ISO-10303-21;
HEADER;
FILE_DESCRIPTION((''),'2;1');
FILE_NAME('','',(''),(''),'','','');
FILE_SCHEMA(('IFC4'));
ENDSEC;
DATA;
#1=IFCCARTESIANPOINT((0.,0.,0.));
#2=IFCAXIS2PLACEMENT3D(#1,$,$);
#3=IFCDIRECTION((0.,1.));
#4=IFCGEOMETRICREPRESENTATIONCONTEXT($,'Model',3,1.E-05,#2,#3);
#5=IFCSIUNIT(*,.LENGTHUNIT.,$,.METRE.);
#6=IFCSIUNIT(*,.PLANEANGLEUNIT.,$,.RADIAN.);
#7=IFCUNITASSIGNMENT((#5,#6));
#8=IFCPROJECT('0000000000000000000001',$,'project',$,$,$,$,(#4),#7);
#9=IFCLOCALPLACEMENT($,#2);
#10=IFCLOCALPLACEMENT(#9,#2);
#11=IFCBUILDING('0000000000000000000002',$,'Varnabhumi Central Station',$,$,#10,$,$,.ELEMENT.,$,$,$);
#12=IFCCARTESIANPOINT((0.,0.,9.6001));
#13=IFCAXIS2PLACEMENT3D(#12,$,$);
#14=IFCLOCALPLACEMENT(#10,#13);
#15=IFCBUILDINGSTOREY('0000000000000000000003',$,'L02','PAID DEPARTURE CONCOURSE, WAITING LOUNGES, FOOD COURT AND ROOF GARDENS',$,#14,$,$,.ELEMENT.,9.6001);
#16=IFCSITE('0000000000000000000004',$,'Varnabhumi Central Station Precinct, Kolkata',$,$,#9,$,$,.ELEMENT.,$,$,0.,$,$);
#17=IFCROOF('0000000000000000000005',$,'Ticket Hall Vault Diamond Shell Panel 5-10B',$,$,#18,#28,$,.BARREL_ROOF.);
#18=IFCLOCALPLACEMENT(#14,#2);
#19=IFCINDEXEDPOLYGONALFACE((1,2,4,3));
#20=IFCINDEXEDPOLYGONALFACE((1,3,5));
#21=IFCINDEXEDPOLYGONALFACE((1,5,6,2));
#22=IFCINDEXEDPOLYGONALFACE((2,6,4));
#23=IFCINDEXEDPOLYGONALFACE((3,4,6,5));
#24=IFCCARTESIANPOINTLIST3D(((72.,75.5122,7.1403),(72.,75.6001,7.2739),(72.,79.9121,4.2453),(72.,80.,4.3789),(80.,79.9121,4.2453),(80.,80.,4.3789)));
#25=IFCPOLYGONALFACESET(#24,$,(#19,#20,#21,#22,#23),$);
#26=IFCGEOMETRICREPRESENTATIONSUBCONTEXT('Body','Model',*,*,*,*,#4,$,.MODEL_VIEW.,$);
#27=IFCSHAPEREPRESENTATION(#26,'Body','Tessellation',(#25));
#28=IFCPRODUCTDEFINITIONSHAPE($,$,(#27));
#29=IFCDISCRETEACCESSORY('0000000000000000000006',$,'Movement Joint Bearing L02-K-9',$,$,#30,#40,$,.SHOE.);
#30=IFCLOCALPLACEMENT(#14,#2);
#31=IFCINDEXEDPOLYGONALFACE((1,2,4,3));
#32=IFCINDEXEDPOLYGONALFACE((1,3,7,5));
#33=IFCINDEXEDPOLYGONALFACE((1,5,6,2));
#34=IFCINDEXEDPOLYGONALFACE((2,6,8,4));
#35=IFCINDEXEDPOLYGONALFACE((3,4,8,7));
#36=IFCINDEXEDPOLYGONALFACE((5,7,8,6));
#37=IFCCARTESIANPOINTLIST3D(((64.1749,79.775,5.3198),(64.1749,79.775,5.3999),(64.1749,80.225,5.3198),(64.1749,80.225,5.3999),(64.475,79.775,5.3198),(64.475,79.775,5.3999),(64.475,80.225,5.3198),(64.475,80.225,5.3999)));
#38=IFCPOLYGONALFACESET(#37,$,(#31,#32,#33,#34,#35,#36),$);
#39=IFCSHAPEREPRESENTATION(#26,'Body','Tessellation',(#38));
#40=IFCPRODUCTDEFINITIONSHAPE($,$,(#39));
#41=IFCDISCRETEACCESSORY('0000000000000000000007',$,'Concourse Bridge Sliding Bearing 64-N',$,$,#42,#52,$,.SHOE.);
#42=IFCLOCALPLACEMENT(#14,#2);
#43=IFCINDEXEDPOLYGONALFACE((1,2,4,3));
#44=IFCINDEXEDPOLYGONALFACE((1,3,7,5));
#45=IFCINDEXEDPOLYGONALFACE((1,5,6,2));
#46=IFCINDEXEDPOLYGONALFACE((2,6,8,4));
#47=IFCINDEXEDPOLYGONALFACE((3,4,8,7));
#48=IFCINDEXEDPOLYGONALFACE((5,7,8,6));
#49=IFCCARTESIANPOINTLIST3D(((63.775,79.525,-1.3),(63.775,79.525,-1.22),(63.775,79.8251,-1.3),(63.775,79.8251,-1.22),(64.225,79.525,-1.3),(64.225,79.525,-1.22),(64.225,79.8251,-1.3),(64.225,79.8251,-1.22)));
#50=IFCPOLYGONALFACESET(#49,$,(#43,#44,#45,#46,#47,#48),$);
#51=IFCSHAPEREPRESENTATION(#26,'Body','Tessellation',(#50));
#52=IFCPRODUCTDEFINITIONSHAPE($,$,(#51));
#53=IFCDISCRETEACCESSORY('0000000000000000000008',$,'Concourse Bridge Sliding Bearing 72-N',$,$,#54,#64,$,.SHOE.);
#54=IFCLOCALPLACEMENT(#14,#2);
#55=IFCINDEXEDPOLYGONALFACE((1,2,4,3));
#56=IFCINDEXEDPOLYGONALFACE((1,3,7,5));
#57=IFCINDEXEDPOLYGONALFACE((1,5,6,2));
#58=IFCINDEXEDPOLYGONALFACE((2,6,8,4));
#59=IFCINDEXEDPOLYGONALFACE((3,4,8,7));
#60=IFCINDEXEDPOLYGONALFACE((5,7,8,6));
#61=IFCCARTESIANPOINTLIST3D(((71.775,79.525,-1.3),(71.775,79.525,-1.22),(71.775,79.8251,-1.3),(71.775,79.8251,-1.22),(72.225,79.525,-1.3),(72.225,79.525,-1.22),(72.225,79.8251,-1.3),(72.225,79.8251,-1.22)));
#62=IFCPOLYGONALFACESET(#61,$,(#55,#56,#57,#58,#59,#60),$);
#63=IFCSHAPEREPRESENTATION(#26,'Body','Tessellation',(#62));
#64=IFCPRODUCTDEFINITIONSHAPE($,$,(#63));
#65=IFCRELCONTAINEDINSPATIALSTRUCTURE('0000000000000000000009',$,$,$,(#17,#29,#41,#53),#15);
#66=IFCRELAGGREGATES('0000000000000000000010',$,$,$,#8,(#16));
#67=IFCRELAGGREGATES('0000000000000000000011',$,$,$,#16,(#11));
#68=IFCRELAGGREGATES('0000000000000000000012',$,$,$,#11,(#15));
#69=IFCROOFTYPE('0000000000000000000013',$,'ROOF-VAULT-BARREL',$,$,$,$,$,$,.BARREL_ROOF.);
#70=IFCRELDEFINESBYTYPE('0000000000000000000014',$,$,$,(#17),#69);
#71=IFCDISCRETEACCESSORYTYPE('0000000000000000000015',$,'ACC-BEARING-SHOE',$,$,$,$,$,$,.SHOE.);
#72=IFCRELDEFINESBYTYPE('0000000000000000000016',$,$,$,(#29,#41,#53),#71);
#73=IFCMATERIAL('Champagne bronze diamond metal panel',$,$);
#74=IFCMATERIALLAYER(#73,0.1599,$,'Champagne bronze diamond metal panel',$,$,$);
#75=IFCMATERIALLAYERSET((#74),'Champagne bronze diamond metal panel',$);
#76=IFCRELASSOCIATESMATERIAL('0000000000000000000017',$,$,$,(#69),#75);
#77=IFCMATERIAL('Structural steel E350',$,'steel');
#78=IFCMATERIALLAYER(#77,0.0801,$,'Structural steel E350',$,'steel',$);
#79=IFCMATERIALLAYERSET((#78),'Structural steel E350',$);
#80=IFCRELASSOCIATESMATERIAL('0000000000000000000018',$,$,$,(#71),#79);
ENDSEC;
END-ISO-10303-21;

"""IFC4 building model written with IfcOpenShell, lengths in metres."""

from ifc_helpers import new_model, si_unit, direction, frame, origin, origin_2d, place, context, subcontext, project, spatial, polyline, rectangle, outline, extrude, material, layer, layer_set, type_object, element, save


model = new_model("IFC4")

# Units and contexts
model_context = context("Model", 3, precision=1e-05, world=origin(), true_north=direction((0.0, 1.0)))
body_context = subcontext(model_context, "Body", "Model", "MODEL_VIEW")
ifc_project = project(units=[si_unit("LENGTHUNIT", "METRE"), si_unit("PLANEANGLEUNIT", "RADIAN")], contexts=[model_context])

# Site, building, storey
site_placement = place(None, origin())
site = spatial("IfcSite", under=ifc_project, at=site_placement, Name="Varnabhumi Central Station Precinct, Kolkata", CompositionType="ELEMENT", RefElevation=0.0)
building_placement = place(site_placement, origin())
building = spatial("IfcBuilding", under=site, at=building_placement, Name="Varnabhumi Central Station", CompositionType="ELEMENT")
storey_placement = place(building_placement, frame((0.0, 0.0, 9.6001)))
storey = spatial("IfcBuildingStorey", under=building, at=storey_placement, Name="L02", Description="PAID DEPARTURE CONCOURSE, WAITING LOUNGES, FOOD COURT AND ROOF GARDENS", CompositionType="ELEMENT", Elevation=9.6001)

# Shared definitions
ifc_material_1 = material(Name="Structural steel E350", Category="steel")

# Roof
ifc_material_2 = material(Name="Champagne bronze diamond metal panel")
ifc_layer_1 = layer(ifc_material_2, 0.1599, Name="Champagne bronze diamond metal panel")
ifc_layer_set_1 = layer_set([ifc_layer_1], Name="Champagne bronze diamond metal panel")
roof_type = type_object("IfcRoofType", Name="ROOF-VAULT-BARREL", PredefinedType="BARREL_ROOF", material=ifc_layer_set_1)
roof_1_placement = place(storey_placement, frame((72.0, 75.6001, 7.2739), z_axis=(0.0, 0.549662, 0.835387), x_axis=(0.835237, 0.45937, -0.302254)))
element("IfcRoof", 1, at=roof_1_placement, inside=storey, type_object=roof_type, Name="Ticket Hall Vault Diamond Shell Panel 5-10B", PredefinedType="BARREL_ROOF", context=body_context, shape_type="SweptSolid", body=[
    extrude(outline(polyline([(0.0, 0.0), (9.5781, 0.0), (2.8962, 4.3991), (0.0, 0.0)])), origin(), (0.0, 0.0, -1.0), 0.1599),
])

# Discrete accessories
ifc_layer_2 = layer(ifc_material_1, 0.0801, Name="Structural steel E350", Category="steel")
ifc_layer_set_2 = layer_set([ifc_layer_2], Name="Structural steel E350")
discrete_accessory_type = type_object("IfcDiscreteAccessoryType", Name="ACC-BEARING-SHOE", PredefinedType="SHOE", material=ifc_layer_set_2)
discrete_accessory_placement = place(storey_placement, frame((64.325, 80.0, 5.3198), z_axis=(0.0, 0.0, 1.0), x_axis=(1.0, 0.0, 0.0)))
element("IfcDiscreteAccessory", 2, at=discrete_accessory_placement, inside=storey, type_object=discrete_accessory_type, Name="Movement Joint Bearing L02-K-9", PredefinedType="SHOE", context=body_context, shape_type="SweptSolid", body=[
    extrude(rectangle(XDim=0.3, YDim=0.45, at=origin_2d()), origin(), (0.0, 0.0, 1.0), 0.0801),
])
for number, where, z_axis, x_axis, name in (
    (3, (64.0, 79.675, -1.3), (0.0, 0.0, 1.0), (1.0, 0.0, 0.0), "Concourse Bridge Sliding Bearing 64-N"),
    (4, (72.0, 79.675, -1.3), (0.0, 0.0, 1.0), (1.0, 0.0, 0.0), "Concourse Bridge Sliding Bearing 72-N"),
):
    element("IfcDiscreteAccessory", number, at=place(storey_placement, frame(where, z_axis=z_axis, x_axis=x_axis)), inside=storey, type_object=discrete_accessory_type, Name=name, PredefinedType="SHOE", context=body_context, shape_type="SweptSolid", body=[
        extrude(rectangle(XDim=0.45, YDim=0.3, at=origin_2d()), origin(), (0.0, 0.0, 1.0), 0.0801),
    ])

save(model, "model.ifc")
